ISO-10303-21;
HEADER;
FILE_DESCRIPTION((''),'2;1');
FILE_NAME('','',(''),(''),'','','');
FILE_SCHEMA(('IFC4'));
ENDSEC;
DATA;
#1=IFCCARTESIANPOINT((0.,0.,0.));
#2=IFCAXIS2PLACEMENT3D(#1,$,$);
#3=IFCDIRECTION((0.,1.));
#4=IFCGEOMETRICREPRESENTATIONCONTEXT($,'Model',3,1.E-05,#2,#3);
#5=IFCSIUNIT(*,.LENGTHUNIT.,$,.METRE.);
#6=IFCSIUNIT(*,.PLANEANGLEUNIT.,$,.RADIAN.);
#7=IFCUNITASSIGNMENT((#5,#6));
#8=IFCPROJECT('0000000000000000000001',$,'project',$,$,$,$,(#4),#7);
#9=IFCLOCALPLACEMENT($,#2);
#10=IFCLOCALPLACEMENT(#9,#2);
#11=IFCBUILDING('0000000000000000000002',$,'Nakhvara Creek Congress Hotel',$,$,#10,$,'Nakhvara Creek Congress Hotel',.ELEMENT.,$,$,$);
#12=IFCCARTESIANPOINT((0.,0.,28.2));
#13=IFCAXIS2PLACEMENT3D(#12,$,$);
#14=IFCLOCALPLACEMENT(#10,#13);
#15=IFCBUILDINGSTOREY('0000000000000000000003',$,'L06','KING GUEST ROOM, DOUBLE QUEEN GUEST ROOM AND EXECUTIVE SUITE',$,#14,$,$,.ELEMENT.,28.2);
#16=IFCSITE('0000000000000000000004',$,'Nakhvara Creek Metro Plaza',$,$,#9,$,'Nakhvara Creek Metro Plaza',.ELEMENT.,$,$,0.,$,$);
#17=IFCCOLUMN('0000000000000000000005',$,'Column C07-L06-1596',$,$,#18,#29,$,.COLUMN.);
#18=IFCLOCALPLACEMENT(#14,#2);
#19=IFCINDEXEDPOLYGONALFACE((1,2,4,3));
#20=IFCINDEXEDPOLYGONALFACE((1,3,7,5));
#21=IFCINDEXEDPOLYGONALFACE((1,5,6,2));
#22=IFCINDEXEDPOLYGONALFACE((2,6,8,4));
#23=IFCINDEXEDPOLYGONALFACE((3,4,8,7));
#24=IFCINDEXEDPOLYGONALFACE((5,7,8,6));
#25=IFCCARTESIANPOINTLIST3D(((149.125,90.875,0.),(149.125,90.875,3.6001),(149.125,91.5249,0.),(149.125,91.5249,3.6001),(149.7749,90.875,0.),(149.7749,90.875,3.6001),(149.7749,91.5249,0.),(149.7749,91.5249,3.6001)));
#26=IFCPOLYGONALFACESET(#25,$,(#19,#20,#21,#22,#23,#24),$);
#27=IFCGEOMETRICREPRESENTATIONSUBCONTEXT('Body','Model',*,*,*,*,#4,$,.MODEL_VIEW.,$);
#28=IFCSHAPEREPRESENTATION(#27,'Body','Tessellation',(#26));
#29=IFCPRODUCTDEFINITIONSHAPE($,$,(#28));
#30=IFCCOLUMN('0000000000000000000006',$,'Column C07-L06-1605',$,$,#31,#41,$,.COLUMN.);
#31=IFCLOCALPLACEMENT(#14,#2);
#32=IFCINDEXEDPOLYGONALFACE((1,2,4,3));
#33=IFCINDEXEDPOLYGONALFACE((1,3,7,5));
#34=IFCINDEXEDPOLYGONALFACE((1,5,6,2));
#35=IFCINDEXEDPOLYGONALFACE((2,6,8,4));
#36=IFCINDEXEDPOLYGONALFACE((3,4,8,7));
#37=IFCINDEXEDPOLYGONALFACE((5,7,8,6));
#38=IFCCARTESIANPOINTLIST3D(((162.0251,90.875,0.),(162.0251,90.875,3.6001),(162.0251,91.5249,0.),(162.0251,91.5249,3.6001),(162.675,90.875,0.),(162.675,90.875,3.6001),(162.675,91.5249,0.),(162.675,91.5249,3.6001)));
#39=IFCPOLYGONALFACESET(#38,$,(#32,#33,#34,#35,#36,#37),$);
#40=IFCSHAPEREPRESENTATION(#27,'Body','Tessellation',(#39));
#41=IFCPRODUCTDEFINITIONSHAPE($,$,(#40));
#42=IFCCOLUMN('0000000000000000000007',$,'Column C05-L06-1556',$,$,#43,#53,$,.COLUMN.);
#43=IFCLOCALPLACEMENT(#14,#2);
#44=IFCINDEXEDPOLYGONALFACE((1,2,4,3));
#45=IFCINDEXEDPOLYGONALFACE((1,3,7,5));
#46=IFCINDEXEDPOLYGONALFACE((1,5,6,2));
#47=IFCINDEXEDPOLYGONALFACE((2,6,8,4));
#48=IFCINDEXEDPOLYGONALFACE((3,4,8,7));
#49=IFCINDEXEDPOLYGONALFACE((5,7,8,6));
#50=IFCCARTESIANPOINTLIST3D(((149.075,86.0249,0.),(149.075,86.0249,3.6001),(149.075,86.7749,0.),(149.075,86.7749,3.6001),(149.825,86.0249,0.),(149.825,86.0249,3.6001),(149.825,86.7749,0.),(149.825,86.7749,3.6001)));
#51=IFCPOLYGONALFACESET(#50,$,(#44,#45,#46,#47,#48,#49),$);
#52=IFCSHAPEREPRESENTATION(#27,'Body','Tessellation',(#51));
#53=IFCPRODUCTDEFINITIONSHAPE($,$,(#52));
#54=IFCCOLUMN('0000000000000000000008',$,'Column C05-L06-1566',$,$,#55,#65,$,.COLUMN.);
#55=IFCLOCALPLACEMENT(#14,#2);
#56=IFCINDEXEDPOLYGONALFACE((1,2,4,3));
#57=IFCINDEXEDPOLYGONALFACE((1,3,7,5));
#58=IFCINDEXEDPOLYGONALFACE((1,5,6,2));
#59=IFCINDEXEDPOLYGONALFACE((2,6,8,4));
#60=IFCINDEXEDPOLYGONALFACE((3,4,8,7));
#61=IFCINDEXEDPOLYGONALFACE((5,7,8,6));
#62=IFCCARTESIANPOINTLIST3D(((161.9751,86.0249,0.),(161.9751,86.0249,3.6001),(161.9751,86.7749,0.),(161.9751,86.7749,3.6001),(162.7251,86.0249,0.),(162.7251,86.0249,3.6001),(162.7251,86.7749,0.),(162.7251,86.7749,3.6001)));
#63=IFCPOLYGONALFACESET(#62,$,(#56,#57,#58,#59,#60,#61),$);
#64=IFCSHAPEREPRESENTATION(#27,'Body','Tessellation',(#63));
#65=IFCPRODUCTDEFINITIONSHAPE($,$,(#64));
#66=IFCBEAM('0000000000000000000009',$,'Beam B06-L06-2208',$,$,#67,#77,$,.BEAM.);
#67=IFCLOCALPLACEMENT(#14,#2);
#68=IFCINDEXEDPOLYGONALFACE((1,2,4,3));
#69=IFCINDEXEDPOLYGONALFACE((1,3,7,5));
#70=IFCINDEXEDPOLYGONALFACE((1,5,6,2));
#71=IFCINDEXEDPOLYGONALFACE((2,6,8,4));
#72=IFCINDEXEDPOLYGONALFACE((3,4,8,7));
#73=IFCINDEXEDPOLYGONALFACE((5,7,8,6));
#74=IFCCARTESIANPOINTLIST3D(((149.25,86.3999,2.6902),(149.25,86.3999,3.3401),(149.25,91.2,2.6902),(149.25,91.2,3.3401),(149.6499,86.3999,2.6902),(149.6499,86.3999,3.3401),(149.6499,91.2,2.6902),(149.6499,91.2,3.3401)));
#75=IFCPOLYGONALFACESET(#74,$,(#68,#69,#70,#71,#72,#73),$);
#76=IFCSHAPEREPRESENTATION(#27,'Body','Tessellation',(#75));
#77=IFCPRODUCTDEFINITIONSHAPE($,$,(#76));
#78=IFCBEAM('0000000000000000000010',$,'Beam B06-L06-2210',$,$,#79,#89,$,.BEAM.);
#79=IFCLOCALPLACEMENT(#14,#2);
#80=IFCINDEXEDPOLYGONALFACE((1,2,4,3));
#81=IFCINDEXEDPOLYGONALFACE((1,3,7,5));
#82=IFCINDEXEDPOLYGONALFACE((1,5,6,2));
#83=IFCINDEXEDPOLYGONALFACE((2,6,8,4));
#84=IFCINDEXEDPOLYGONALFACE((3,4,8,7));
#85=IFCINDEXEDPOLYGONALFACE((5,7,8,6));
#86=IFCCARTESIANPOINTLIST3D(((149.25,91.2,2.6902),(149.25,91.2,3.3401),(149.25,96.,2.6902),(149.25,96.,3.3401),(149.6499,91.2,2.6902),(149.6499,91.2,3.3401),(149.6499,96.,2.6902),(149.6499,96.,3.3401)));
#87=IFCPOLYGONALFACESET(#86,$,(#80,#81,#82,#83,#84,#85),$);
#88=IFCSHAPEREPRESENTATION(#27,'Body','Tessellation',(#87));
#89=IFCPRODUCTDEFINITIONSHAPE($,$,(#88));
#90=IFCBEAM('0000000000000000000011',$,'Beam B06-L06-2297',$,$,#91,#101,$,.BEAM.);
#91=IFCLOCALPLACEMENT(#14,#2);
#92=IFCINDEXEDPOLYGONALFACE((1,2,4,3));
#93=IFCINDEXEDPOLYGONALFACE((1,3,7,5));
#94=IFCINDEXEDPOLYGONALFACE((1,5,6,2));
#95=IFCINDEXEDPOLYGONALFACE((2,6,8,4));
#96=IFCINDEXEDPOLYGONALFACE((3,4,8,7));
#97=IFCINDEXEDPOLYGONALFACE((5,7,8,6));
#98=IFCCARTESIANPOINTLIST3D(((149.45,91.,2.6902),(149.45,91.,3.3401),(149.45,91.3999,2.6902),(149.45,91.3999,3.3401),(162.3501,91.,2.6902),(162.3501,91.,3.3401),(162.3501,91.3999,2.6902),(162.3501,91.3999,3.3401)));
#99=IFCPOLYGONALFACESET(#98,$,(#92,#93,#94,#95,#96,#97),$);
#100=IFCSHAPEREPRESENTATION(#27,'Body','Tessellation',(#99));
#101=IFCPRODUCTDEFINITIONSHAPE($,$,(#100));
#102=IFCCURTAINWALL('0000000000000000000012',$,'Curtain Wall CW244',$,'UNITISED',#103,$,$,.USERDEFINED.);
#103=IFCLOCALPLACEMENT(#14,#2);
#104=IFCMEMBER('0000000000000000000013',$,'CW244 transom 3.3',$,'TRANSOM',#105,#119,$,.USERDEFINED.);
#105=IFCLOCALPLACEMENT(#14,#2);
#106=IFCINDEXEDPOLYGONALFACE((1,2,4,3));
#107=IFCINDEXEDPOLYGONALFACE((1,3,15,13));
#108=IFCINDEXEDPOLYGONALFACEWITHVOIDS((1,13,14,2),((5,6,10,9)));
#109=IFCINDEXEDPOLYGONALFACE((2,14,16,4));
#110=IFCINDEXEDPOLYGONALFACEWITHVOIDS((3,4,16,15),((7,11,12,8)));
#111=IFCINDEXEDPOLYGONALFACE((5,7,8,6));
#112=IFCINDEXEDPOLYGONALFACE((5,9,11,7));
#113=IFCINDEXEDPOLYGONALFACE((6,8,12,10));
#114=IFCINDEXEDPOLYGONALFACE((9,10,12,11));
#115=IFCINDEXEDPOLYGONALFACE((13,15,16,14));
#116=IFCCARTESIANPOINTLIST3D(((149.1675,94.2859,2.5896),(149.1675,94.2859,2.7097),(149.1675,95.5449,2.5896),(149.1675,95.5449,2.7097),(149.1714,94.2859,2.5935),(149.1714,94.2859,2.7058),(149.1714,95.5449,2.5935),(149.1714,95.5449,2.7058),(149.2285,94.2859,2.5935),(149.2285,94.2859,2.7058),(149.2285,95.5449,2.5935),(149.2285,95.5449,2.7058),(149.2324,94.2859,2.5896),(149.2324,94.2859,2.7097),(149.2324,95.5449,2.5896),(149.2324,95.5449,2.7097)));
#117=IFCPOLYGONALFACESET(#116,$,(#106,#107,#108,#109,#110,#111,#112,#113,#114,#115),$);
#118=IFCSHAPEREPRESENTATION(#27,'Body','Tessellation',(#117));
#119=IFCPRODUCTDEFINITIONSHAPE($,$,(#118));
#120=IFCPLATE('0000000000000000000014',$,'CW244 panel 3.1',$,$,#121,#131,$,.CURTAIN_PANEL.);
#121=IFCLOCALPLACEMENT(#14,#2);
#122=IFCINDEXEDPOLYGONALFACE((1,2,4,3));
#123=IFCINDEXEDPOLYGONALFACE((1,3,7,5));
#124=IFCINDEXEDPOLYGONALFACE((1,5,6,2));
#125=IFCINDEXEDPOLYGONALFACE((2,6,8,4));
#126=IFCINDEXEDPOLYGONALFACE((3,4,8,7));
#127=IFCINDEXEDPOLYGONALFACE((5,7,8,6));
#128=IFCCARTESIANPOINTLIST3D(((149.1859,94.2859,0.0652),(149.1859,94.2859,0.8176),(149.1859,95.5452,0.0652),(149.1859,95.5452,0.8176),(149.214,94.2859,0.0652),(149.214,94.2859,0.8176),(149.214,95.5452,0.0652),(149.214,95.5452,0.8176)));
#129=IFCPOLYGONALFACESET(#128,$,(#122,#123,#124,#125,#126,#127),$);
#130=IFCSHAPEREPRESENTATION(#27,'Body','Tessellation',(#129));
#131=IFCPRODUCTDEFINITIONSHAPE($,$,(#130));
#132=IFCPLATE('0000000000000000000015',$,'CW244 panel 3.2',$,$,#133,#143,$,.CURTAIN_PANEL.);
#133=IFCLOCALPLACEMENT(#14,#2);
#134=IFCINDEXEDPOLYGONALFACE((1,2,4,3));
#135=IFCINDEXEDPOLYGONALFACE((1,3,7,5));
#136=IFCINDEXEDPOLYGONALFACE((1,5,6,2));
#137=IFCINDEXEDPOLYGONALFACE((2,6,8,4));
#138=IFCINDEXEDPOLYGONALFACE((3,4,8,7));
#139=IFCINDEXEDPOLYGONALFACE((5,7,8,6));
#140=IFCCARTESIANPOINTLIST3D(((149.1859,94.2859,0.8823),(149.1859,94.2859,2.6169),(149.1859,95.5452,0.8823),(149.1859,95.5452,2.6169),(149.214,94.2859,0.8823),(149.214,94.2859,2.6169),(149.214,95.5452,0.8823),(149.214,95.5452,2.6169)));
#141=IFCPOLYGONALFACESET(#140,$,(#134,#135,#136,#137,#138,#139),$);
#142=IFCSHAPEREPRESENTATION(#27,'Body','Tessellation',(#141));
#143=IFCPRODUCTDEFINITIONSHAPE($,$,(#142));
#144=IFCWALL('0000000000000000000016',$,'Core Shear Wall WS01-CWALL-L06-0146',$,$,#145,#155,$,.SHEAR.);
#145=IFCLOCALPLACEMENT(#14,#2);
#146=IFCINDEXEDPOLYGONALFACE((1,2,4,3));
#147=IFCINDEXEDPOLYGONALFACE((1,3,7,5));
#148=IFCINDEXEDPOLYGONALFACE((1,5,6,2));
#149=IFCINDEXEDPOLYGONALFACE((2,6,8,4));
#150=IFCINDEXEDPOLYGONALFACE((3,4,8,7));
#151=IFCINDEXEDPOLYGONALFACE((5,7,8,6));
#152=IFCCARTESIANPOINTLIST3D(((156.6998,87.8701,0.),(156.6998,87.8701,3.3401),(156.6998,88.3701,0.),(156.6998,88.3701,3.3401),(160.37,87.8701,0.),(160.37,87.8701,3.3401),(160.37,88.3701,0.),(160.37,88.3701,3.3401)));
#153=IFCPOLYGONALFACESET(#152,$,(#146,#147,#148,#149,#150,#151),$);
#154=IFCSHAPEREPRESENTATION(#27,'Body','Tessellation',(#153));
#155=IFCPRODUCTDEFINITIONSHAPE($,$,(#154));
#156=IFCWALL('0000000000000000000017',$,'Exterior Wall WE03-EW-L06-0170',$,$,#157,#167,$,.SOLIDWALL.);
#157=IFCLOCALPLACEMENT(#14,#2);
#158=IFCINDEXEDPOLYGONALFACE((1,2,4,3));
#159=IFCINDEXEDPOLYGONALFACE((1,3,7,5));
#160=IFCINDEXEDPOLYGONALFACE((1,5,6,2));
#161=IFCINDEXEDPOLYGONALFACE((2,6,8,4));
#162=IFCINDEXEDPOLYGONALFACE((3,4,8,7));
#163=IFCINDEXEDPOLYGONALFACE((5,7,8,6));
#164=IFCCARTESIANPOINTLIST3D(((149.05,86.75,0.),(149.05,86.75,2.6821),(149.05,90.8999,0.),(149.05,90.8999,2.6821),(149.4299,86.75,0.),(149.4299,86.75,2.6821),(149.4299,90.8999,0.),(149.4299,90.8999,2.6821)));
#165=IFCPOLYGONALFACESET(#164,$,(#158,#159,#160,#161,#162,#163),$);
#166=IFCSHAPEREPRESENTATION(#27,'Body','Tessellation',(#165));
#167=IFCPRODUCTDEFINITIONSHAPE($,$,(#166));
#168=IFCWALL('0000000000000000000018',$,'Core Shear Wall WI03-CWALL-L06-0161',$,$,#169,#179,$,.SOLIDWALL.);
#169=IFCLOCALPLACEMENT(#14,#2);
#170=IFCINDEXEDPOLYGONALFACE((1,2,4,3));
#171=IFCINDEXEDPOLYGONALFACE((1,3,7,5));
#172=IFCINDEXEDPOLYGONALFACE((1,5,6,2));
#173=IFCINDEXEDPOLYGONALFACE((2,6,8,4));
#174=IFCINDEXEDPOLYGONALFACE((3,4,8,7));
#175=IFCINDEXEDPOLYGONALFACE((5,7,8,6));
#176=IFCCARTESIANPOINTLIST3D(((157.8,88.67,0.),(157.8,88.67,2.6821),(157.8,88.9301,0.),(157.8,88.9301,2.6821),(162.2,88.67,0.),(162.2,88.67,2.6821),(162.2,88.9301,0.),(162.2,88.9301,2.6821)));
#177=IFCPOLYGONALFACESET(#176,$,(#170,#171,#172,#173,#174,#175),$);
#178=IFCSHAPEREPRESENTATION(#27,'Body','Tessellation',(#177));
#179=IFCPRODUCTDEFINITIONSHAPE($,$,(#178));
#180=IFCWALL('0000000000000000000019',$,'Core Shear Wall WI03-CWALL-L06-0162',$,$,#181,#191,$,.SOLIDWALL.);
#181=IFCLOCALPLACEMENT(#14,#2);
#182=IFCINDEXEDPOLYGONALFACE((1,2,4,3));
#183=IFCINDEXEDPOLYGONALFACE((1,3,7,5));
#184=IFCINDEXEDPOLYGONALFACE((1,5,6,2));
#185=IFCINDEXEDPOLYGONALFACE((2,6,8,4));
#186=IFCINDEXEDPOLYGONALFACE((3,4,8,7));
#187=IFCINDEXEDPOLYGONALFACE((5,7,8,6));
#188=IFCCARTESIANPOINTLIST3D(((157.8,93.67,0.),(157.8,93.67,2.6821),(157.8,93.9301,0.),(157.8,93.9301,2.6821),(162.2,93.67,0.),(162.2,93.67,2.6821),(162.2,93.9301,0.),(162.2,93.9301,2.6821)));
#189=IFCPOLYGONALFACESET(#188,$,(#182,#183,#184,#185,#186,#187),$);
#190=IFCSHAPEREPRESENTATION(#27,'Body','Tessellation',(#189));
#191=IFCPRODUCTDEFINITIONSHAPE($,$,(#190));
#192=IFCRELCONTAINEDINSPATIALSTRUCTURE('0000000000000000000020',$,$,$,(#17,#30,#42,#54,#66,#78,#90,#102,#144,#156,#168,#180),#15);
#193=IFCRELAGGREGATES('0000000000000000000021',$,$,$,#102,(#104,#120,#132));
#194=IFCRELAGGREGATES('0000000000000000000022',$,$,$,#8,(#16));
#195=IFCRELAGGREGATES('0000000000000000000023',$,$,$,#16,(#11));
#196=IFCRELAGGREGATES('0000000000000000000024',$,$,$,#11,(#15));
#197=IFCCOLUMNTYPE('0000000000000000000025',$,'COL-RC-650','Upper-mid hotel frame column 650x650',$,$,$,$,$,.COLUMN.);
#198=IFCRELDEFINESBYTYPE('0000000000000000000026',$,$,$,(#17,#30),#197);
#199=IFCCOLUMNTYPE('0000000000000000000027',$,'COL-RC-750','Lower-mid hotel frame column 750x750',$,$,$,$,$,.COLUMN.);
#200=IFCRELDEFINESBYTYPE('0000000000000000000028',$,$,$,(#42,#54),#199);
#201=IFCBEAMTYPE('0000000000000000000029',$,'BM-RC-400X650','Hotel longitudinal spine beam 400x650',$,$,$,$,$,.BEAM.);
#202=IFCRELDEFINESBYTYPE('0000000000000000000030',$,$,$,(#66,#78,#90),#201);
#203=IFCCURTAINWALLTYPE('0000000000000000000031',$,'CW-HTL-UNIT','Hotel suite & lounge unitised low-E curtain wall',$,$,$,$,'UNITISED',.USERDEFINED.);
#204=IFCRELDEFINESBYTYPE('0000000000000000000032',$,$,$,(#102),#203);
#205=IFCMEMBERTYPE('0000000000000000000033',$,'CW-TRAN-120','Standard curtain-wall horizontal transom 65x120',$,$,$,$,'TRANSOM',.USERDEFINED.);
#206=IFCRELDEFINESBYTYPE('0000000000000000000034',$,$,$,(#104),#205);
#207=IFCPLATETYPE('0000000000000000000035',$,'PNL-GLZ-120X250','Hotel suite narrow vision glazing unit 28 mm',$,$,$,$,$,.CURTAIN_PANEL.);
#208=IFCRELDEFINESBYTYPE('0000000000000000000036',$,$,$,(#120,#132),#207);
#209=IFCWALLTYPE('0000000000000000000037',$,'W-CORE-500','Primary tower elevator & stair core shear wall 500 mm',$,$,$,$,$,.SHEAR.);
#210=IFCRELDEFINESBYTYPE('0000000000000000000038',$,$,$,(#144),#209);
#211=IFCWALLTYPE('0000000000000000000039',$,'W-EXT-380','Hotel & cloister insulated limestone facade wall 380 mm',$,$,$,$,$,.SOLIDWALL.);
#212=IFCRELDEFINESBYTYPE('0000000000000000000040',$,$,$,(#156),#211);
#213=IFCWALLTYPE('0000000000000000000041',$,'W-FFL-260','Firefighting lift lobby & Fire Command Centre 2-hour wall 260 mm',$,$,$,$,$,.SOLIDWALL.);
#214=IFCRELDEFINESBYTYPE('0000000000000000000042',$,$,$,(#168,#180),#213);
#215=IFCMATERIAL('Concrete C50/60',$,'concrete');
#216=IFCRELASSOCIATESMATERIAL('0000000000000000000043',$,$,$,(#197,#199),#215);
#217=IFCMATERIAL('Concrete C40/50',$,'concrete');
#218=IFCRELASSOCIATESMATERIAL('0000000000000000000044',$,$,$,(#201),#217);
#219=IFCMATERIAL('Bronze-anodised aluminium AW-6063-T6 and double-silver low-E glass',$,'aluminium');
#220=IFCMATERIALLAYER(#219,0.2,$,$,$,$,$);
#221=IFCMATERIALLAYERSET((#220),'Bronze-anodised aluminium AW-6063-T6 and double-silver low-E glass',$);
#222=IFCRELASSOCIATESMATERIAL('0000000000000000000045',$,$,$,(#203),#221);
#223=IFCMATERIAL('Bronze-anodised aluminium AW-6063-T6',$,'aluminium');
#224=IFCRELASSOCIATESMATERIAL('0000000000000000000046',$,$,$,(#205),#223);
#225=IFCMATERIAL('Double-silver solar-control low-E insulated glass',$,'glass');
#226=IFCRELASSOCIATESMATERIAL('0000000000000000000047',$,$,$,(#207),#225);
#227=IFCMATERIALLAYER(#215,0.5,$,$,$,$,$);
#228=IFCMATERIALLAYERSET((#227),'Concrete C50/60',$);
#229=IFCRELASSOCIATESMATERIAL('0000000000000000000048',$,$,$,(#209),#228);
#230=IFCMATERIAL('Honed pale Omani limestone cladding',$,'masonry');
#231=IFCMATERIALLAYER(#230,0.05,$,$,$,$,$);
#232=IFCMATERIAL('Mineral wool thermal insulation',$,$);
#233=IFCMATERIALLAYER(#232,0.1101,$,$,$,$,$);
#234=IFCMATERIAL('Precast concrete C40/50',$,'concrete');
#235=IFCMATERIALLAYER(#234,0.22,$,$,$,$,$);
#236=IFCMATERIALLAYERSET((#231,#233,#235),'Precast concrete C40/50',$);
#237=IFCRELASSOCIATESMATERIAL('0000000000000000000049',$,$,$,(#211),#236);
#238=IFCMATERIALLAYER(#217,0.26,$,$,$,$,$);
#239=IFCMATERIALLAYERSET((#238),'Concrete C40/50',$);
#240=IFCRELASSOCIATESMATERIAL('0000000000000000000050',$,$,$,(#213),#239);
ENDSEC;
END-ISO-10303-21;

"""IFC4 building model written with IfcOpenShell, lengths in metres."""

from ifc_helpers import new_model, si_unit, direction, frame, frame_2d, origin, origin_2d, place, context, subcontext, project, spatial, rectangle, hollow_rectangle, extrude, material, layer, layer_set, material_profile, profile_set, type_object, element, aggregate, save


model = new_model("IFC4")

# Units and contexts
model_context = context("Model", 3, precision=1e-05, world=origin(), true_north=direction((0.0, 1.0)))
body_context = subcontext(model_context, "Body", "Model", "MODEL_VIEW")
ifc_project = project(units=[si_unit("LENGTHUNIT", "METRE"), si_unit("PLANEANGLEUNIT", "RADIAN")], contexts=[model_context])

# Site, building, storey
site_placement = place(None, origin())
site = spatial("IfcSite", under=ifc_project, at=site_placement, Name="Nakhvara Creek Metro Plaza", LongName="Nakhvara Creek Metro Plaza", CompositionType="ELEMENT", RefElevation=0.0)
building_placement = place(site_placement, origin())
building = spatial("IfcBuilding", under=site, at=building_placement, Name="Nakhvara Creek Congress Hotel", LongName="Nakhvara Creek Congress Hotel", CompositionType="ELEMENT")
storey_placement = place(building_placement, frame((0.0, 0.0, 28.2)))
storey = spatial("IfcBuildingStorey", under=building, at=storey_placement, Name="L06", Description="KING GUEST ROOM, DOUBLE QUEEN GUEST ROOM AND EXECUTIVE SUITE", CompositionType="ELEMENT", Elevation=28.2)

# Columns
ifc_material_1 = material(Name="Concrete C50/60", Category="concrete")
ifc_material_profile_1 = material_profile(ifc_material_1, rectangle(XDim=0.6499, YDim=0.6499, at=origin_2d()), Name="RC-COL 650x650", Category="LoadBearing")
ifc_profile_set_1 = profile_set([ifc_material_profile_1], Name="Concrete C50/60")
column_type_1 = type_object("IfcColumnType", Name="COL-RC-650", Description="Upper-mid hotel frame column 650x650", PredefinedType="COLUMN", material=ifc_profile_set_1)
for number, where, z_axis, x_axis, name in (
    (1, (149.45, 91.2, 0.0), (0.0, 0.0, 1.0), (1.0, 0.0, 0.0), "Column C07-L06-1596"),
    (2, (162.3501, 91.2, 0.0), (0.0, 0.0, 1.0), (1.0, 0.0, 0.0), "Column C07-L06-1605"),
):
    element("IfcColumn", number, at=place(storey_placement, frame(where, z_axis=z_axis, x_axis=x_axis)), inside=storey, type_object=column_type_1, Name=name, PredefinedType="COLUMN", context=body_context, shape_type="SweptSolid", body=[
        extrude(rectangle(XDim=0.6499, YDim=0.6499, at=origin_2d()), origin(), (0.0, 0.0, 1.0), 3.6001),
    ])
ifc_material_profile_2 = material_profile(ifc_material_1, rectangle(XDim=0.75, YDim=0.75, at=origin_2d()), Name="RC-COL 750x750", Category="LoadBearing")
ifc_profile_set_2 = profile_set([ifc_material_profile_2], Name="Concrete C50/60")
column_type_2 = type_object("IfcColumnType", Name="COL-RC-750", Description="Lower-mid hotel frame column 750x750", PredefinedType="COLUMN", material=ifc_profile_set_2)
for number, where, z_axis, x_axis, name in (
    (3, (149.45, 86.3999, 0.0), (0.0, 0.0, 1.0), (1.0, 0.0, 0.0), "Column C05-L06-1556"),
    (4, (162.3501, 86.3999, 0.0), (0.0, 0.0, 1.0), (1.0, 0.0, 0.0), "Column C05-L06-1566"),
):
    element("IfcColumn", number, at=place(storey_placement, frame(where, z_axis=z_axis, x_axis=x_axis)), inside=storey, type_object=column_type_2, Name=name, PredefinedType="COLUMN", context=body_context, shape_type="SweptSolid", body=[
        extrude(rectangle(XDim=0.75, YDim=0.75, at=origin_2d()), origin(), (0.0, 0.0, 1.0), 3.6001),
    ])

# Beams
ifc_material_2 = material(Name="Concrete C40/50", Category="concrete")
ifc_material_profile_3 = material_profile(ifc_material_2, rectangle(XDim=0.3999, YDim=0.6499, at=origin_2d()), Name="RC-BM 400x650", Category="LoadBearing")
ifc_profile_set_3 = profile_set([ifc_material_profile_3], Name="Concrete C40/50")
beam_type = type_object("IfcBeamType", Name="BM-RC-400X650", Description="Hotel longitudinal spine beam 400x650", PredefinedType="BEAM", material=ifc_profile_set_3)
for number, where, z_axis, x_axis, name in (
    (5, (149.45, 86.3999, 3.0151), (0.0, 1.0, 0.0), (-1.0, 0.0, 0.0), "Beam B06-L06-2208"),
    (6, (149.45, 91.2, 3.0151), (0.0, 1.0, 0.0), (-1.0, 0.0, 0.0), "Beam B06-L06-2210"),
):
    element("IfcBeam", number, at=place(storey_placement, frame(where, z_axis=z_axis, x_axis=x_axis)), inside=storey, type_object=beam_type, Name=name, PredefinedType="BEAM", context=body_context, shape_type="SweptSolid", body=[
        extrude(rectangle(XDim=0.3999, YDim=0.6499, at=origin_2d()), origin(), (0.0, 0.0, 1.0), 4.8),
    ])
beam_placement = place(storey_placement, frame((149.45, 91.2, 3.0151), z_axis=(1.0, 0.0, 0.0), x_axis=(0.0, 1.0, 0.0)))
element("IfcBeam", 7, at=beam_placement, inside=storey, type_object=beam_type, Name="Beam B06-L06-2297", PredefinedType="BEAM", context=body_context, shape_type="SweptSolid", body=[
    extrude(rectangle(XDim=0.3999, YDim=0.6499, at=origin_2d()), origin(), (0.0, 0.0, 1.0), 12.9001),
])

# Curtain wall, member, plates
ifc_material_3 = material(Name="Bronze-anodised aluminium AW-6063-T6 and double-silver low-E glass", Category="aluminium")
ifc_layer_1 = layer(ifc_material_3, 0.2)
ifc_layer_set_1 = layer_set([ifc_layer_1], Name="Bronze-anodised aluminium AW-6063-T6 and double-silver low-E glass")
curtain_wall_type = type_object("IfcCurtainWallType", Name="CW-HTL-UNIT", Description="Hotel suite & lounge unitised low-E curtain wall", ElementType="UNITISED", PredefinedType="USERDEFINED", material=ifc_layer_set_1)
curtain_wall_placement = place(storey_placement, origin())
curtain_wall = element("IfcCurtainWall", 8, at=curtain_wall_placement, inside=storey, type_object=curtain_wall_type, Name="Curtain Wall CW244", ObjectType="UNITISED", PredefinedType="USERDEFINED")
ifc_material_4 = material(Name="Bronze-anodised aluminium AW-6063-T6", Category="aluminium")
ifc_material_profile_4 = material_profile(ifc_material_4, hollow_rectangle(XDim=0.0649, YDim=0.1201, WallThickness=0.0039, at=origin_2d()), Name="ALU-TRAN 65x120x4", Category="LoadBearing")
ifc_profile_set_4 = profile_set([ifc_material_profile_4], Name="Bronze-anodised aluminium AW-6063-T6")
member_type = type_object("IfcMemberType", Name="CW-TRAN-120", Description="Standard curtain-wall horizontal transom 65x120", ElementType="TRANSOM", PredefinedType="USERDEFINED", material=ifc_profile_set_4)
member_placement = place(storey_placement, frame((149.2, 94.2859, 2.6497), z_axis=(0.0, 1.0, 0.0), x_axis=(-1.0, 0.0, 0.0)))
member = element("IfcMember", 9, at=member_placement, type_object=member_type, Name="CW244 transom 3.3", ObjectType="TRANSOM", PredefinedType="USERDEFINED", context=body_context, shape_type="SweptSolid", body=[
    extrude(hollow_rectangle(XDim=0.0649, YDim=0.1201, WallThickness=0.0039, at=origin_2d()), origin(), (0.0, 0.0, 1.0), 1.259),
])
ifc_material_5 = material(Name="Double-silver solar-control low-E insulated glass", Category="glass")
plate_type = type_object("IfcPlateType", Name="PNL-GLZ-120X250", Description="Hotel suite narrow vision glazing unit 28 mm", PredefinedType="CURTAIN_PANEL", material=ifc_material_5)
plate_1_placement = place(storey_placement, frame((149.2, 94.9155, 0.0652), z_axis=(0.0, 0.0, 1.0), x_axis=(0.0, 1.0, 0.0)))
plate_1 = element("IfcPlate", 10, at=plate_1_placement, type_object=plate_type, Name="CW244 panel 3.1", PredefinedType="CURTAIN_PANEL", context=body_context, shape_type="SweptSolid", body=[
    extrude(rectangle(XDim=1.2593, YDim=0.0281, at=origin_2d()), origin(), (0.0, 0.0, 1.0), 0.7524),
])
plate_2_placement = place(storey_placement, frame((149.2, 94.9155, 0.8823), z_axis=(0.0, 0.0, 1.0), x_axis=(0.0, 1.0, 0.0)))
plate_2 = element("IfcPlate", 11, at=plate_2_placement, type_object=plate_type, Name="CW244 panel 3.2", PredefinedType="CURTAIN_PANEL", context=body_context, shape_type="SweptSolid", body=[
    extrude(rectangle(XDim=1.2593, YDim=0.0281, at=origin_2d()), origin(), (0.0, 0.0, 1.0), 1.7346),
])
aggregate(curtain_wall, [member, plate_1, plate_2])

# Walls
ifc_layer_2 = layer(ifc_material_1, 0.5)
ifc_layer_set_2 = layer_set([ifc_layer_2], Name="Concrete C50/60")
wall_type_1 = type_object("IfcWallType", Name="W-CORE-500", Description="Primary tower elevator & stair core shear wall 500 mm", PredefinedType="SHEAR", material=ifc_layer_set_2)
wall_1_placement = place(storey_placement, frame((156.7, 88.1201, 0.0), z_axis=(0.0, 0.0, 1.0), x_axis=(1.0, 0.0, 0.0)))
element("IfcWall", 12, at=wall_1_placement, inside=storey, type_object=wall_type_1, Name="Core Shear Wall WS01-CWALL-L06-0146", PredefinedType="SHEAR", context=body_context, shape_type="SweptSolid", body=[
    extrude(rectangle(XDim=3.6702, YDim=0.5, at=frame_2d((1.835, 0.0))), origin(), (0.0, 0.0, 1.0), 3.3401),
])
ifc_material_6 = material(Name="Honed pale Omani limestone cladding", Category="masonry")
ifc_layer_3 = layer(ifc_material_6, 0.05)
ifc_material_7 = material(Name="Mineral wool thermal insulation")
ifc_layer_4 = layer(ifc_material_7, 0.1101)
ifc_material_8 = material(Name="Precast concrete C40/50", Category="concrete")
ifc_layer_5 = layer(ifc_material_8, 0.22)
ifc_layer_set_3 = layer_set([ifc_layer_3, ifc_layer_4, ifc_layer_5], Name="Precast concrete C40/50")
wall_type_2 = type_object("IfcWallType", Name="W-EXT-380", Description="Hotel & cloister insulated limestone facade wall 380 mm", PredefinedType="SOLIDWALL", material=ifc_layer_set_3)
wall_2_placement = place(storey_placement, frame((149.24, 86.75, 0.0), z_axis=(0.0, 0.0, 1.0), x_axis=(0.0, 1.0, 0.0)))
element("IfcWall", 13, at=wall_2_placement, inside=storey, type_object=wall_type_2, Name="Exterior Wall WE03-EW-L06-0170", PredefinedType="SOLIDWALL", context=body_context, shape_type="SweptSolid", body=[
    extrude(rectangle(XDim=4.1499, YDim=0.3799, at=frame_2d((2.075, 0.0))), origin(), (0.0, 0.0, 1.0), 2.6821),
])

# Shared definitions
ifc_layer_6 = layer(ifc_material_2, 0.26)
ifc_layer_set_4 = layer_set([ifc_layer_6], Name="Concrete C40/50")
wall_type_3 = type_object("IfcWallType", Name="W-FFL-260", Description="Firefighting lift lobby & Fire Command Centre 2-hour wall 260 mm", PredefinedType="SOLIDWALL", material=ifc_layer_set_4)

# Walls
for number, where, z_axis, x_axis, name in (
    (14, (157.8, 88.8, 0.0), (0.0, 0.0, 1.0), (1.0, 0.0, 0.0), "Core Shear Wall WI03-CWALL-L06-0161"),
    (15, (157.8, 93.8, 0.0), (0.0, 0.0, 1.0), (1.0, 0.0, 0.0), "Core Shear Wall WI03-CWALL-L06-0162"),
):
    element("IfcWall", number, at=place(storey_placement, frame(where, z_axis=z_axis, x_axis=x_axis)), inside=storey, type_object=wall_type_3, Name=name, PredefinedType="SOLIDWALL", context=body_context, shape_type="SweptSolid", body=[
        extrude(rectangle(XDim=4.3999, YDim=0.26, at=frame_2d((2.2, 0.0))), origin(), (0.0, 0.0, 1.0), 2.6821),
    ])

save(model, "model.ifc")
